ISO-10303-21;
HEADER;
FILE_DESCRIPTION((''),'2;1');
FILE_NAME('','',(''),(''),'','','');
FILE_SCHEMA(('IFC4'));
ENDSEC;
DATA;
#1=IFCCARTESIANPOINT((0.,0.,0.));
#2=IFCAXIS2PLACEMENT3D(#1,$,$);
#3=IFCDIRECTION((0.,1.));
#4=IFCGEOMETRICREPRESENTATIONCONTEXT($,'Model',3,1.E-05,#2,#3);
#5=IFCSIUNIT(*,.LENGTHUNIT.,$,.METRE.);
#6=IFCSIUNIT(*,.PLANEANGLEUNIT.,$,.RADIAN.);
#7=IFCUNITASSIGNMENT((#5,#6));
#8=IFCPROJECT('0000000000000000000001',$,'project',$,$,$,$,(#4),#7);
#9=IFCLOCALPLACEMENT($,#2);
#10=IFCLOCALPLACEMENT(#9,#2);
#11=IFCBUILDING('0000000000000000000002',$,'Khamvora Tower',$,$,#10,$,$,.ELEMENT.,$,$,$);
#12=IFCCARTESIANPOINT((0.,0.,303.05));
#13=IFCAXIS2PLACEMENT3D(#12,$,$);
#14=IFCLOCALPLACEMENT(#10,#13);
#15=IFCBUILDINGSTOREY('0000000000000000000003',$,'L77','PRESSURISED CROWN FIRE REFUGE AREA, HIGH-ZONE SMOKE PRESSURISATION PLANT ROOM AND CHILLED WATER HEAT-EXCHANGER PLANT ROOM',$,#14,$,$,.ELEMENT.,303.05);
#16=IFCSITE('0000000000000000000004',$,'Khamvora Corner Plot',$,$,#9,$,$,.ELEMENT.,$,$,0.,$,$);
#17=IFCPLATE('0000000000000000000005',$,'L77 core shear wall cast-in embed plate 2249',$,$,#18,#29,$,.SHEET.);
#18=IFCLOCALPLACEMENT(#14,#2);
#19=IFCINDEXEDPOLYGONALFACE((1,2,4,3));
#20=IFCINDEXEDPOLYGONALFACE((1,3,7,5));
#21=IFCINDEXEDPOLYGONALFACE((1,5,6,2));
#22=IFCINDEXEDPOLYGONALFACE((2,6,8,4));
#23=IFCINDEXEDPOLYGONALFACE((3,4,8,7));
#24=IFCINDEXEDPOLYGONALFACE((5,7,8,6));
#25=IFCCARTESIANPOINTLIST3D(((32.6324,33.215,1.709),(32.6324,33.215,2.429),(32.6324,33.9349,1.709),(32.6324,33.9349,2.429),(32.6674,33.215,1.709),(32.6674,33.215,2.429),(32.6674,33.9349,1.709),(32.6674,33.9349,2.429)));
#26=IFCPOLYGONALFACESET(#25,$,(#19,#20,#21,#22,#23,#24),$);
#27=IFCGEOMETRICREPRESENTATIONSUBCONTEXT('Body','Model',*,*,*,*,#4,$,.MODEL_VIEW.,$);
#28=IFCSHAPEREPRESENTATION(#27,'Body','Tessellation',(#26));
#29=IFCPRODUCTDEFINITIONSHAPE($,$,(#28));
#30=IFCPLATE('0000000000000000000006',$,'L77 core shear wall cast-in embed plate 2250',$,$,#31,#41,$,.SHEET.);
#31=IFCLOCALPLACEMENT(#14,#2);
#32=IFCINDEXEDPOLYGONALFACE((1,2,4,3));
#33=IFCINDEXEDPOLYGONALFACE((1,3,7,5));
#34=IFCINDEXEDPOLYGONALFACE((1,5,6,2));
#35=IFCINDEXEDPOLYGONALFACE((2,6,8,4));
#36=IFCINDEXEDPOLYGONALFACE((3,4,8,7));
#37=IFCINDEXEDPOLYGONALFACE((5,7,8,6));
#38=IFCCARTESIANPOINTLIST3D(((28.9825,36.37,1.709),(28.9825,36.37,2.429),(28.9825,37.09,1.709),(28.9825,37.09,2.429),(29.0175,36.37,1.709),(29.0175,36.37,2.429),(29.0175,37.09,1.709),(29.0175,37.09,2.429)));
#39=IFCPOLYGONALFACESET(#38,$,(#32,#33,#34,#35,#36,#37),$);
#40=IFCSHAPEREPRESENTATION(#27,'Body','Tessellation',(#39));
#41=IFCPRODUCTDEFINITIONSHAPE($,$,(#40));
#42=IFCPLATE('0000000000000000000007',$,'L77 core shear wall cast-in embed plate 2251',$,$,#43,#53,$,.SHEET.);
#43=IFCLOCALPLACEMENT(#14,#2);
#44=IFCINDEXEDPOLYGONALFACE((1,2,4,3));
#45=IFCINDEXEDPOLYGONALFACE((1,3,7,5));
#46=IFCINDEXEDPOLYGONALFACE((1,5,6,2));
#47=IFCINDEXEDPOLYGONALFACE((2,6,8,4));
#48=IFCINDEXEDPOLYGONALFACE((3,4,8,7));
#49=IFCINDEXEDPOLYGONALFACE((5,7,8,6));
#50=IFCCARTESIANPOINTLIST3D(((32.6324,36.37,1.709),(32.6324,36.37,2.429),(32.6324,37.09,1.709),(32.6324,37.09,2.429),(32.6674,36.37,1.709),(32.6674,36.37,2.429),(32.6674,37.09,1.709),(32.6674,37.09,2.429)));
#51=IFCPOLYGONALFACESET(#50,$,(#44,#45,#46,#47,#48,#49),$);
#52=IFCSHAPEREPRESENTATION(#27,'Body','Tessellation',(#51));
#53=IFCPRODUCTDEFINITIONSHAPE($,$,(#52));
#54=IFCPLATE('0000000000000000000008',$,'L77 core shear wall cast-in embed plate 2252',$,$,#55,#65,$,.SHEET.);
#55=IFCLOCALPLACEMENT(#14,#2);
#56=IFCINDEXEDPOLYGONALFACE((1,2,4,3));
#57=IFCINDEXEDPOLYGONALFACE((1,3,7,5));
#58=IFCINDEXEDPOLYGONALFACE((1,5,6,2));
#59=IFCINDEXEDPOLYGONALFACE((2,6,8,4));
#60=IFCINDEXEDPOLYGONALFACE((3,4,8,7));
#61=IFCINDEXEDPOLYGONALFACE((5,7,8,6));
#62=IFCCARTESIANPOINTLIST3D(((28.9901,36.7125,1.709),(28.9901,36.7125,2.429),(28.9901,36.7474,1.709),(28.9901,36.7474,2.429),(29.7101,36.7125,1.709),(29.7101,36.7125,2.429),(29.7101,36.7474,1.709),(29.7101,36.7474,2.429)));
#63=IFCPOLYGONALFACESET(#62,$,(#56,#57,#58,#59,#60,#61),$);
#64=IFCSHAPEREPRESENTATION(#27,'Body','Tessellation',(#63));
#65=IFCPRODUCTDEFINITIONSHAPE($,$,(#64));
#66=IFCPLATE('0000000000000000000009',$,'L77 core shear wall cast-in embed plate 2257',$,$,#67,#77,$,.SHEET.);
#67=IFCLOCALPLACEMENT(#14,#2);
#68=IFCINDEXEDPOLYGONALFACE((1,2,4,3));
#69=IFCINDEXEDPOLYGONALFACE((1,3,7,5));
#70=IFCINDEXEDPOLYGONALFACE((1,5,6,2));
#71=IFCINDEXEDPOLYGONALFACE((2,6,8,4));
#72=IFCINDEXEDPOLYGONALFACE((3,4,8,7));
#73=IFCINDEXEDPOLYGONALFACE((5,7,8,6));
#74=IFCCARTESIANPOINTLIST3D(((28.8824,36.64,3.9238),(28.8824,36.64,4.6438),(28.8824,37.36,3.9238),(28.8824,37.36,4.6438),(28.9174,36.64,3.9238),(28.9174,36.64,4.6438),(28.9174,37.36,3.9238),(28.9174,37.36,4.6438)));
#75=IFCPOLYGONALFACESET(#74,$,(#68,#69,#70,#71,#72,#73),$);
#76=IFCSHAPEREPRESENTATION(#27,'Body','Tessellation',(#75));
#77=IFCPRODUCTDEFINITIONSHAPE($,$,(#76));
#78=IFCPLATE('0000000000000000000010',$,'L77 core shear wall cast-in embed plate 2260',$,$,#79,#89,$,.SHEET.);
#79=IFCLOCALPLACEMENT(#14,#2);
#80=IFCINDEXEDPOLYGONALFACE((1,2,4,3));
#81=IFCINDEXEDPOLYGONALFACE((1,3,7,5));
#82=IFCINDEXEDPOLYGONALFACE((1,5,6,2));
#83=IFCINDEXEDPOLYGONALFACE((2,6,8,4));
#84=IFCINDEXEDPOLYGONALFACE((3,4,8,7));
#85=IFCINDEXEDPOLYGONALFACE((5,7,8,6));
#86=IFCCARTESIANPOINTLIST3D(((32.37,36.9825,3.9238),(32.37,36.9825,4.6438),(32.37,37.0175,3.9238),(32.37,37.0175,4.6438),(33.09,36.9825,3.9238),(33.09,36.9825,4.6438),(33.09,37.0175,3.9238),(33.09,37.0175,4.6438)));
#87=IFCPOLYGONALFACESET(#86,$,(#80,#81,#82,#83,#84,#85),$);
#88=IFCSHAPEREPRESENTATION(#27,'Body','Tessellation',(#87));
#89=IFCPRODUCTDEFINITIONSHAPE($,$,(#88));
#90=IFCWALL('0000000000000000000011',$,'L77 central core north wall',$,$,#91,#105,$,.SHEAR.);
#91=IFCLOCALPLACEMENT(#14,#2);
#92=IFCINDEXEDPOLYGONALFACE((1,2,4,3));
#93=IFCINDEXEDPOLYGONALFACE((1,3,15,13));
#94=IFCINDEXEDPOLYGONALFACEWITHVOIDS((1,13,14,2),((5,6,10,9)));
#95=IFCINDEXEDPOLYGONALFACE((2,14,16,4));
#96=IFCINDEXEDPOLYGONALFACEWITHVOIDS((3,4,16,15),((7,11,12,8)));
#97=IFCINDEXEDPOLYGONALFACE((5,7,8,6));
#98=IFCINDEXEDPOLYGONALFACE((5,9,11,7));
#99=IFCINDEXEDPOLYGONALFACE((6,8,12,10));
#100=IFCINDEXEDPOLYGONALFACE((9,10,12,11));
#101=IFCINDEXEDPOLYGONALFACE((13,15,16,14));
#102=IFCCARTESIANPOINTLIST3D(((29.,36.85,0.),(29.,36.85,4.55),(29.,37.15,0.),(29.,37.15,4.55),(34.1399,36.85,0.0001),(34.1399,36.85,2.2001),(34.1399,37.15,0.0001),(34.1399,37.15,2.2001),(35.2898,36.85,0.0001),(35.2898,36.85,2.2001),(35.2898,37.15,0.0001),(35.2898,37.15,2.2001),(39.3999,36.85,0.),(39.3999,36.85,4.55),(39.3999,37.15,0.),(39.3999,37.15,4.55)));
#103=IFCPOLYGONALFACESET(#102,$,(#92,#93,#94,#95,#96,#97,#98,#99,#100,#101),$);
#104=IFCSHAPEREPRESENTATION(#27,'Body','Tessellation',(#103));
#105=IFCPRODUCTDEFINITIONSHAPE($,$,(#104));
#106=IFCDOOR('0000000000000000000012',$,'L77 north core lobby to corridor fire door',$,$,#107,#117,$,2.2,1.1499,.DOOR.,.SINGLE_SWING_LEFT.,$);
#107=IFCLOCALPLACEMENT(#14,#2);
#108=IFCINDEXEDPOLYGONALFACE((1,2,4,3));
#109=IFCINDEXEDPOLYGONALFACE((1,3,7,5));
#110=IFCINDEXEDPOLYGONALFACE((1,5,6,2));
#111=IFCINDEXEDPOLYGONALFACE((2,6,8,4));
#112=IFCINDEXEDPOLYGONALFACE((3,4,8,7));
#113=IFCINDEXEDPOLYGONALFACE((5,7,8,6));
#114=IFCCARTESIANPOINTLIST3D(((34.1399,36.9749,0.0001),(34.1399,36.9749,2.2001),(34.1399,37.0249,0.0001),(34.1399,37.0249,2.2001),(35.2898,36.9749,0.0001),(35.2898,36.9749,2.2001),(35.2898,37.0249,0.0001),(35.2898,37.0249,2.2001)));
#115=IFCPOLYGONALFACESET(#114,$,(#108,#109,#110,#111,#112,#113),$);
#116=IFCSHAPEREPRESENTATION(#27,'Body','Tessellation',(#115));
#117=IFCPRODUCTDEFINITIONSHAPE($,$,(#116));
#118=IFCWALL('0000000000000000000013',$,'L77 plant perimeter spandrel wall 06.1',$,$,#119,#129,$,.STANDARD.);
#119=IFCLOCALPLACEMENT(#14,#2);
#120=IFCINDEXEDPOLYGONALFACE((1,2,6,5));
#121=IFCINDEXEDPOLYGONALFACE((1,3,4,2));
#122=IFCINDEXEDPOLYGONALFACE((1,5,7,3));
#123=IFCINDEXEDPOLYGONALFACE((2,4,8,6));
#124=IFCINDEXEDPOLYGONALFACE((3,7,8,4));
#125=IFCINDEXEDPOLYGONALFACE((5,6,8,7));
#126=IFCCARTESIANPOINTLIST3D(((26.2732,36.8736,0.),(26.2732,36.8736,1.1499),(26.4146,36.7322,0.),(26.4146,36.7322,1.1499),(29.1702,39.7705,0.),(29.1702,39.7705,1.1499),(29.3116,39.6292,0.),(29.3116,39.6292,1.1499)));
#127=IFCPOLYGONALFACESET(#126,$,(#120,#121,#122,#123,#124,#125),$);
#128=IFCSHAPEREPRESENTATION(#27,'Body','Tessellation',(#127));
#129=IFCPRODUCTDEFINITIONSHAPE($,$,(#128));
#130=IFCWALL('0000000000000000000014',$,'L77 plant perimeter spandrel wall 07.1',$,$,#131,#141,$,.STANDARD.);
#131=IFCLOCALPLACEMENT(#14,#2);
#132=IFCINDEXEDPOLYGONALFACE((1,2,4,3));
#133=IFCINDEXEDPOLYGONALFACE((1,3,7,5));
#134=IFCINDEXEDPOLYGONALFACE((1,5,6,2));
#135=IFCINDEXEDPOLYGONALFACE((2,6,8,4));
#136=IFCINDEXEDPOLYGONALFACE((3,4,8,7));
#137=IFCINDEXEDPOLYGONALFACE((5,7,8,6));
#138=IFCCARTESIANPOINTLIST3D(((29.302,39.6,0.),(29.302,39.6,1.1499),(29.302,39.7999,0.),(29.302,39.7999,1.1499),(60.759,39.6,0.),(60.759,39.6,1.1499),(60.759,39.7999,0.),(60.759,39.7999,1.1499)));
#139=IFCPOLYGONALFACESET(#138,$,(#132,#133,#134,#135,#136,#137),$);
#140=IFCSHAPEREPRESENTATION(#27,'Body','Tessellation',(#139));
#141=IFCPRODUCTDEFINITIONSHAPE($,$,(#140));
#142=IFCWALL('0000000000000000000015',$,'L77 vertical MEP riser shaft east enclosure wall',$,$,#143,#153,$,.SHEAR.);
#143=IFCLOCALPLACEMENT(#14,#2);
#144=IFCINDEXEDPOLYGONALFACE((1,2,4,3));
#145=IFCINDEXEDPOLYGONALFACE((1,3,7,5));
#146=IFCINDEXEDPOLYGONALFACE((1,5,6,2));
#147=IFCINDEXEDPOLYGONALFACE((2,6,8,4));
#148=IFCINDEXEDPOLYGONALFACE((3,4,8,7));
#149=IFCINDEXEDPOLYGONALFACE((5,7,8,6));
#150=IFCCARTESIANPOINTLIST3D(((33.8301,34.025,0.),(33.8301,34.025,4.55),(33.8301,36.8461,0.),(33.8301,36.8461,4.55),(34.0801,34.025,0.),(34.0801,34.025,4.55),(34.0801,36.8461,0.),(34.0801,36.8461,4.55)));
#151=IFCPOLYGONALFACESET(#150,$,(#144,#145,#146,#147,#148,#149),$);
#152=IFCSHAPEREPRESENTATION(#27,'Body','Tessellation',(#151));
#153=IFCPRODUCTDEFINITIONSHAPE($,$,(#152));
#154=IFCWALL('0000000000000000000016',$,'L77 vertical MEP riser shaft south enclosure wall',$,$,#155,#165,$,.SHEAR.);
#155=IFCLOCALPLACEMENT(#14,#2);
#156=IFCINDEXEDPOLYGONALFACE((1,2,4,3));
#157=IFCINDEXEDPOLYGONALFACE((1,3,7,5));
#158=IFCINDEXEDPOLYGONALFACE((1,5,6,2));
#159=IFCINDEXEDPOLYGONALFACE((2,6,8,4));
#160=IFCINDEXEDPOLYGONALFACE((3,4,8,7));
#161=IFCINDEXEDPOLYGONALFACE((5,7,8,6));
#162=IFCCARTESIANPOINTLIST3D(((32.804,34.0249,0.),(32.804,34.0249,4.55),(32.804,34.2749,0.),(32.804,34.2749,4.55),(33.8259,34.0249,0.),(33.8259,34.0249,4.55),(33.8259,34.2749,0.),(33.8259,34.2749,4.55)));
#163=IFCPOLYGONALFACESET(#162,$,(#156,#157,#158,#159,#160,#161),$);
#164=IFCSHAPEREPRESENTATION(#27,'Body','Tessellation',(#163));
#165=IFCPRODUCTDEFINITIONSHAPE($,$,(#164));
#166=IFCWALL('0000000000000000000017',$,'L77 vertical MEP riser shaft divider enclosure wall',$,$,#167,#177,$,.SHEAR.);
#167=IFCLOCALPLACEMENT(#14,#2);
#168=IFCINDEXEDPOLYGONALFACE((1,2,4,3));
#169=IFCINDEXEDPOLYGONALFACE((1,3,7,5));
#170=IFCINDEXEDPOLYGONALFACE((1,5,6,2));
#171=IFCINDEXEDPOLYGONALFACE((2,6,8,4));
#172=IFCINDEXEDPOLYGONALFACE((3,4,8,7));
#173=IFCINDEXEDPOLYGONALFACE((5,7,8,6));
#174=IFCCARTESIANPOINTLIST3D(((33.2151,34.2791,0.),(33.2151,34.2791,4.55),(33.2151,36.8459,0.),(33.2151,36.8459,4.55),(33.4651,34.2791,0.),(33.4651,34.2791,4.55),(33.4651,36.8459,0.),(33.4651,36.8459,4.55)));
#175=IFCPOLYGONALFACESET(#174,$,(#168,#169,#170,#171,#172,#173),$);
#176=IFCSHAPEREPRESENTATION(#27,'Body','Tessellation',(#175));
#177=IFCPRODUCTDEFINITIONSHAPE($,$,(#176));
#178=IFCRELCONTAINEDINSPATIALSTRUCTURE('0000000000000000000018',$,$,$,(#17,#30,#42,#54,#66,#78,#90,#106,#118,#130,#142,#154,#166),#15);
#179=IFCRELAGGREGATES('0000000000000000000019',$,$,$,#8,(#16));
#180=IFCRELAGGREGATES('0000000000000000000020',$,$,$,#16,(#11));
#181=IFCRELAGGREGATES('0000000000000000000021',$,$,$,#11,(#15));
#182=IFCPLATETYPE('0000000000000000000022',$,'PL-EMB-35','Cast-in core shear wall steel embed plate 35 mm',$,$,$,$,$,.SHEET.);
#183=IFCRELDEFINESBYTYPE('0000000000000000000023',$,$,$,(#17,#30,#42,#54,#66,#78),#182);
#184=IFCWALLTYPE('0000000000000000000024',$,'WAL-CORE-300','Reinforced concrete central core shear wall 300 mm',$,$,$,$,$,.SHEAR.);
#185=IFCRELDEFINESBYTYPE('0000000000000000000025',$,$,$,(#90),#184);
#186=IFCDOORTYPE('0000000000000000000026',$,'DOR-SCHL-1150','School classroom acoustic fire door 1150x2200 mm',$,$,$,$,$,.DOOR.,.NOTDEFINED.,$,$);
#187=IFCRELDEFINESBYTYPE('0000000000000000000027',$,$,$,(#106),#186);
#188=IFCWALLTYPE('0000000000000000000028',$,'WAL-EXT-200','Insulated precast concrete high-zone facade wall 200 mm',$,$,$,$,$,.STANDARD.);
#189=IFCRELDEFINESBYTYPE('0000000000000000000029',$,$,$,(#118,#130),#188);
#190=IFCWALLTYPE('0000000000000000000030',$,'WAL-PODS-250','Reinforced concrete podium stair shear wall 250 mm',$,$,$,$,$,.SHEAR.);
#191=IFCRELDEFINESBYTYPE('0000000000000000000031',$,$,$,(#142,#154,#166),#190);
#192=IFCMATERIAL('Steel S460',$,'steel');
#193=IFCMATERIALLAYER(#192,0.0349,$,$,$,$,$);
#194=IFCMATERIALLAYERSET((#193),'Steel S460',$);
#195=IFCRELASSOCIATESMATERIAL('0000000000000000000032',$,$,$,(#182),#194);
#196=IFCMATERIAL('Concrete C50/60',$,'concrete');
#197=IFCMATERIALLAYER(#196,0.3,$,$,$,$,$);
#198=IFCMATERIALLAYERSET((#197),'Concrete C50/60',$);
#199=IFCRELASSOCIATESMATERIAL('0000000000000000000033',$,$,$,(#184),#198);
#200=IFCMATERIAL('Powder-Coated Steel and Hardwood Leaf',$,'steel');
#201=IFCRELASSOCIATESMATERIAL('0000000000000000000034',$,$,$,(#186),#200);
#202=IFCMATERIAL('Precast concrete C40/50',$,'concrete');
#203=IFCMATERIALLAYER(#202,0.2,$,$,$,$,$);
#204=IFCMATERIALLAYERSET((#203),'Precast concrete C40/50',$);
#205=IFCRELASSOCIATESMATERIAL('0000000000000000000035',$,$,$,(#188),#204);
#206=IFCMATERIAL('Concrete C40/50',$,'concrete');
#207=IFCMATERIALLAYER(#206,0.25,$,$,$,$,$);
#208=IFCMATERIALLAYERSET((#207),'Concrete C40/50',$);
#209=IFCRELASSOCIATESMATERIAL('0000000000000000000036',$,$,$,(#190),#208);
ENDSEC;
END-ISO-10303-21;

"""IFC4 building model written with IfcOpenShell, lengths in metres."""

from ifc_helpers import new_model, si_unit, direction, frame, frame_2d, origin, origin_2d, place, context, subcontext, project, spatial, rectangle, extrude, material, layer, layer_set, type_object, element, fill, save


model = new_model("IFC4")

# Units and contexts
model_context = context("Model", 3, precision=1e-05, world=origin(), true_north=direction((0.0, 1.0)))
body_context = subcontext(model_context, "Body", "Model", "MODEL_VIEW")
ifc_project = project(units=[si_unit("LENGTHUNIT", "METRE"), si_unit("PLANEANGLEUNIT", "RADIAN")], contexts=[model_context])

# Site, building, storey
site_placement = place(None, origin())
site = spatial("IfcSite", under=ifc_project, at=site_placement, Name="Khamvora Corner Plot", CompositionType="ELEMENT", RefElevation=0.0)
building_placement = place(site_placement, origin())
building = spatial("IfcBuilding", under=site, at=building_placement, Name="Khamvora Tower", CompositionType="ELEMENT")
storey_placement = place(building_placement, frame((0.0, 0.0, 303.05)))
storey = spatial("IfcBuildingStorey", under=building, at=storey_placement, Name="L77", Description="PRESSURISED CROWN FIRE REFUGE AREA, HIGH-ZONE SMOKE PRESSURISATION PLANT ROOM AND CHILLED WATER HEAT-EXCHANGER PLANT ROOM", CompositionType="ELEMENT", Elevation=303.05)

# Plates
ifc_material_1 = material(Name="Steel S460", Category="steel")
ifc_layer_1 = layer(ifc_material_1, 0.0349)
ifc_layer_set_1 = layer_set([ifc_layer_1], Name="Steel S460")
plate_type = type_object("IfcPlateType", Name="PL-EMB-35", Description="Cast-in core shear wall steel embed plate 35 mm", PredefinedType="SHEET", material=ifc_layer_set_1)
for number, where, z_axis, x_axis, name in (
    (1, (32.6499, 33.575, 1.709), (0.0, 0.0, 1.0), (1.0, 0.0, 0.0), "L77 core shear wall cast-in embed plate 2249"),
    (2, (29.0, 36.73, 1.709), (0.0, 0.0, 1.0), (1.0, 0.0, 0.0), "L77 core shear wall cast-in embed plate 2250"),
    (3, (32.6499, 36.73, 1.709), (0.0, 0.0, 1.0), (1.0, 0.0, 0.0), "L77 core shear wall cast-in embed plate 2251"),
):
    element("IfcPlate", number, at=place(storey_placement, frame(where, z_axis=z_axis, x_axis=x_axis)), inside=storey, type_object=plate_type, Name=name, PredefinedType="SHEET", context=body_context, shape_type="SweptSolid", body=[
        extrude(rectangle(XDim=0.0349, YDim=0.72, at=origin_2d()), origin(), (0.0, 0.0, 1.0), 0.72),
    ])
plate_1_placement = place(storey_placement, frame((29.3501, 36.73, 1.709), z_axis=(0.0, 0.0, 1.0), x_axis=(1.0, 0.0, 0.0)))
element("IfcPlate", 4, at=plate_1_placement, inside=storey, type_object=plate_type, Name="L77 core shear wall cast-in embed plate 2252", PredefinedType="SHEET", context=body_context, shape_type="SweptSolid", body=[
    extrude(rectangle(XDim=0.72, YDim=0.0349, at=origin_2d()), origin(), (0.0, 0.0, 1.0), 0.72),
])
plate_2_placement = place(storey_placement, frame((28.8999, 37.0, 3.9238), z_axis=(0.0, 0.0, 1.0), x_axis=(1.0, 0.0, 0.0)))
element("IfcPlate", 5, at=plate_2_placement, inside=storey, type_object=plate_type, Name="L77 core shear wall cast-in embed plate 2257", PredefinedType="SHEET", context=body_context, shape_type="SweptSolid", body=[
    extrude(rectangle(XDim=0.0349, YDim=0.72, at=origin_2d()), origin(), (0.0, 0.0, 1.0), 0.72),
])
plate_3_placement = place(storey_placement, frame((32.73, 37.0, 3.9238), z_axis=(0.0, 0.0, 1.0), x_axis=(1.0, 0.0, 0.0)))
element("IfcPlate", 6, at=plate_3_placement, inside=storey, type_object=plate_type, Name="L77 core shear wall cast-in embed plate 2260", PredefinedType="SHEET", context=body_context, shape_type="SweptSolid", body=[
    extrude(rectangle(XDim=0.72, YDim=0.0349, at=origin_2d()), origin(), (0.0, 0.0, 1.0), 0.72),
])

# Wall, opening, door
ifc_material_2 = material(Name="Concrete C50/60", Category="concrete")
ifc_layer_2 = layer(ifc_material_2, 0.3)
ifc_layer_set_2 = layer_set([ifc_layer_2], Name="Concrete C50/60")
wall_type_1 = type_object("IfcWallType", Name="WAL-CORE-300", Description="Reinforced concrete central core shear wall 300 mm", PredefinedType="SHEAR", material=ifc_layer_set_2)
wall_1_placement = place(storey_placement, frame((29.0, 37.0, 0.0), z_axis=(0.0, 0.0, 1.0), x_axis=(1.0, 0.0, 0.0)))
wall_1 = element("IfcWall", 7, at=wall_1_placement, inside=storey, type_object=wall_type_1, Name="L77 central core north wall", PredefinedType="SHEAR", context=body_context, shape_type="SweptSolid", body=[
    extrude(rectangle(XDim=10.3999, YDim=0.3, at=frame_2d((5.2, 0.0))), origin(), (0.0, 0.0, 1.0), 4.55),
])
opening_placement = place(wall_1_placement, frame((5.1399, 0.0, 0.0)))
opening = element("IfcOpeningElement", 8, at=opening_placement, cuts=wall_1, PredefinedType="OPENING", context=body_context, shape_type="SweptSolid", body=[
    extrude(rectangle(XDim=1.1499, YDim=2.2, at=frame_2d((0.575, 1.1001))), frame((0.0, 0.1599, 0.0), z_axis=(0.0, -1.0, 0.0), x_axis=(1.0, 0.0, 0.0)), (0.0, 0.0, 1.0), 0.3201),
])
ifc_material_3 = material(Name="Powder-Coated Steel and Hardwood Leaf", Category="steel")
door_type = type_object("IfcDoorType", Name="DOR-SCHL-1150", Description="School classroom acoustic fire door 1150x2200 mm", OperationType="NOTDEFINED", PredefinedType="DOOR", material=ifc_material_3)
door_placement = place(opening_placement, origin())
door = element("IfcDoor", 9, at=door_placement, inside=storey, type_object=door_type, Name="L77 north core lobby to corridor fire door", OperationType="SINGLE_SWING_LEFT", OverallHeight=2.2, OverallWidth=1.1499, PredefinedType="DOOR", context=body_context, shape_type="SweptSolid", body=[
    extrude(rectangle(XDim=1.1499, YDim=2.2, at=frame_2d((0.575, 1.1001))), frame((0.0, 0.0249, 0.0), z_axis=(0.0, -1.0, 0.0), x_axis=(1.0, 0.0, 0.0)), (0.0, 0.0, 1.0), 0.05),
])
fill(opening, door)

# Walls
ifc_material_4 = material(Name="Precast concrete C40/50", Category="concrete")
ifc_layer_3 = layer(ifc_material_4, 0.2)
ifc_layer_set_3 = layer_set([ifc_layer_3], Name="Precast concrete C40/50")
wall_type_2 = type_object("IfcWallType", Name="WAL-EXT-200", Description="Insulated precast concrete high-zone facade wall 200 mm", PredefinedType="STANDARD", material=ifc_layer_set_3)
wall_2_placement = place(storey_placement, frame((26.344, 36.803, 0.0), z_axis=(0.0, 0.0, 1.0), x_axis=(0.707107, 0.707107, 0.0)))
element("IfcWall", 10, at=wall_2_placement, inside=storey, type_object=wall_type_2, Name="L77 plant perimeter spandrel wall 06.1", PredefinedType="STANDARD", context=body_context, shape_type="SweptSolid", body=[
    extrude(rectangle(XDim=4.0969, YDim=0.2, at=frame_2d((2.0483, 0.0))), origin(), (0.0, 0.0, 1.0), 1.1499),
])
wall_3_placement = place(storey_placement, frame((29.302, 39.7, 0.0), z_axis=(0.0, 0.0, 1.0), x_axis=(1.0, 0.0, 0.0)))
element("IfcWall", 11, at=wall_3_placement, inside=storey, type_object=wall_type_2, Name="L77 plant perimeter spandrel wall 07.1", PredefinedType="STANDARD", context=body_context, shape_type="SweptSolid", body=[
    extrude(rectangle(XDim=31.457, YDim=0.2, at=frame_2d((15.7285, 0.0))), origin(), (0.0, 0.0, 1.0), 1.1499),
])
ifc_material_5 = material(Name="Concrete C40/50", Category="concrete")
ifc_layer_4 = layer(ifc_material_5, 0.25)
ifc_layer_set_4 = layer_set([ifc_layer_4], Name="Concrete C40/50")
wall_type_3 = type_object("IfcWallType", Name="WAL-PODS-250", Description="Reinforced concrete podium stair shear wall 250 mm", PredefinedType="SHEAR", material=ifc_layer_set_4)
wall_4_placement = place(storey_placement, frame((33.9551, 34.0249, 0.0), z_axis=(0.0, 0.0, 1.0), x_axis=(0.0, 1.0, 0.0)))
element("IfcWall", 12, at=wall_4_placement, inside=storey, type_object=wall_type_3, Name="L77 vertical MEP riser shaft east enclosure wall", PredefinedType="SHEAR", context=body_context, shape_type="SweptSolid", body=[
    extrude(rectangle(XDim=2.821, YDim=0.25, at=frame_2d((1.4106, 0.0))), origin(), (0.0, 0.0, 1.0), 4.55),
])
wall_5_placement = place(storey_placement, frame((32.804, 34.1499, 0.0), z_axis=(0.0, 0.0, 1.0), x_axis=(1.0, 0.0, 0.0)))
element("IfcWall", 13, at=wall_5_placement, inside=storey, type_object=wall_type_3, Name="L77 vertical MEP riser shaft south enclosure wall", PredefinedType="SHEAR", context=body_context, shape_type="SweptSolid", body=[
    extrude(rectangle(XDim=1.022, YDim=0.25, at=frame_2d((0.511, 0.0))), origin(), (0.0, 0.0, 1.0), 4.55),
])
wall_6_placement = place(storey_placement, frame((33.3401, 34.2791, 0.0), z_axis=(0.0, 0.0, 1.0), x_axis=(0.0, 1.0, 0.0)))
element("IfcWall", 14, at=wall_6_placement, inside=storey, type_object=wall_type_3, Name="L77 vertical MEP riser shaft divider enclosure wall", PredefinedType="SHEAR", context=body_context, shape_type="SweptSolid", body=[
    extrude(rectangle(XDim=2.5669, YDim=0.25, at=frame_2d((1.2834, 0.0))), origin(), (0.0, 0.0, 1.0), 4.55),
])

save(model, "model.ifc")
